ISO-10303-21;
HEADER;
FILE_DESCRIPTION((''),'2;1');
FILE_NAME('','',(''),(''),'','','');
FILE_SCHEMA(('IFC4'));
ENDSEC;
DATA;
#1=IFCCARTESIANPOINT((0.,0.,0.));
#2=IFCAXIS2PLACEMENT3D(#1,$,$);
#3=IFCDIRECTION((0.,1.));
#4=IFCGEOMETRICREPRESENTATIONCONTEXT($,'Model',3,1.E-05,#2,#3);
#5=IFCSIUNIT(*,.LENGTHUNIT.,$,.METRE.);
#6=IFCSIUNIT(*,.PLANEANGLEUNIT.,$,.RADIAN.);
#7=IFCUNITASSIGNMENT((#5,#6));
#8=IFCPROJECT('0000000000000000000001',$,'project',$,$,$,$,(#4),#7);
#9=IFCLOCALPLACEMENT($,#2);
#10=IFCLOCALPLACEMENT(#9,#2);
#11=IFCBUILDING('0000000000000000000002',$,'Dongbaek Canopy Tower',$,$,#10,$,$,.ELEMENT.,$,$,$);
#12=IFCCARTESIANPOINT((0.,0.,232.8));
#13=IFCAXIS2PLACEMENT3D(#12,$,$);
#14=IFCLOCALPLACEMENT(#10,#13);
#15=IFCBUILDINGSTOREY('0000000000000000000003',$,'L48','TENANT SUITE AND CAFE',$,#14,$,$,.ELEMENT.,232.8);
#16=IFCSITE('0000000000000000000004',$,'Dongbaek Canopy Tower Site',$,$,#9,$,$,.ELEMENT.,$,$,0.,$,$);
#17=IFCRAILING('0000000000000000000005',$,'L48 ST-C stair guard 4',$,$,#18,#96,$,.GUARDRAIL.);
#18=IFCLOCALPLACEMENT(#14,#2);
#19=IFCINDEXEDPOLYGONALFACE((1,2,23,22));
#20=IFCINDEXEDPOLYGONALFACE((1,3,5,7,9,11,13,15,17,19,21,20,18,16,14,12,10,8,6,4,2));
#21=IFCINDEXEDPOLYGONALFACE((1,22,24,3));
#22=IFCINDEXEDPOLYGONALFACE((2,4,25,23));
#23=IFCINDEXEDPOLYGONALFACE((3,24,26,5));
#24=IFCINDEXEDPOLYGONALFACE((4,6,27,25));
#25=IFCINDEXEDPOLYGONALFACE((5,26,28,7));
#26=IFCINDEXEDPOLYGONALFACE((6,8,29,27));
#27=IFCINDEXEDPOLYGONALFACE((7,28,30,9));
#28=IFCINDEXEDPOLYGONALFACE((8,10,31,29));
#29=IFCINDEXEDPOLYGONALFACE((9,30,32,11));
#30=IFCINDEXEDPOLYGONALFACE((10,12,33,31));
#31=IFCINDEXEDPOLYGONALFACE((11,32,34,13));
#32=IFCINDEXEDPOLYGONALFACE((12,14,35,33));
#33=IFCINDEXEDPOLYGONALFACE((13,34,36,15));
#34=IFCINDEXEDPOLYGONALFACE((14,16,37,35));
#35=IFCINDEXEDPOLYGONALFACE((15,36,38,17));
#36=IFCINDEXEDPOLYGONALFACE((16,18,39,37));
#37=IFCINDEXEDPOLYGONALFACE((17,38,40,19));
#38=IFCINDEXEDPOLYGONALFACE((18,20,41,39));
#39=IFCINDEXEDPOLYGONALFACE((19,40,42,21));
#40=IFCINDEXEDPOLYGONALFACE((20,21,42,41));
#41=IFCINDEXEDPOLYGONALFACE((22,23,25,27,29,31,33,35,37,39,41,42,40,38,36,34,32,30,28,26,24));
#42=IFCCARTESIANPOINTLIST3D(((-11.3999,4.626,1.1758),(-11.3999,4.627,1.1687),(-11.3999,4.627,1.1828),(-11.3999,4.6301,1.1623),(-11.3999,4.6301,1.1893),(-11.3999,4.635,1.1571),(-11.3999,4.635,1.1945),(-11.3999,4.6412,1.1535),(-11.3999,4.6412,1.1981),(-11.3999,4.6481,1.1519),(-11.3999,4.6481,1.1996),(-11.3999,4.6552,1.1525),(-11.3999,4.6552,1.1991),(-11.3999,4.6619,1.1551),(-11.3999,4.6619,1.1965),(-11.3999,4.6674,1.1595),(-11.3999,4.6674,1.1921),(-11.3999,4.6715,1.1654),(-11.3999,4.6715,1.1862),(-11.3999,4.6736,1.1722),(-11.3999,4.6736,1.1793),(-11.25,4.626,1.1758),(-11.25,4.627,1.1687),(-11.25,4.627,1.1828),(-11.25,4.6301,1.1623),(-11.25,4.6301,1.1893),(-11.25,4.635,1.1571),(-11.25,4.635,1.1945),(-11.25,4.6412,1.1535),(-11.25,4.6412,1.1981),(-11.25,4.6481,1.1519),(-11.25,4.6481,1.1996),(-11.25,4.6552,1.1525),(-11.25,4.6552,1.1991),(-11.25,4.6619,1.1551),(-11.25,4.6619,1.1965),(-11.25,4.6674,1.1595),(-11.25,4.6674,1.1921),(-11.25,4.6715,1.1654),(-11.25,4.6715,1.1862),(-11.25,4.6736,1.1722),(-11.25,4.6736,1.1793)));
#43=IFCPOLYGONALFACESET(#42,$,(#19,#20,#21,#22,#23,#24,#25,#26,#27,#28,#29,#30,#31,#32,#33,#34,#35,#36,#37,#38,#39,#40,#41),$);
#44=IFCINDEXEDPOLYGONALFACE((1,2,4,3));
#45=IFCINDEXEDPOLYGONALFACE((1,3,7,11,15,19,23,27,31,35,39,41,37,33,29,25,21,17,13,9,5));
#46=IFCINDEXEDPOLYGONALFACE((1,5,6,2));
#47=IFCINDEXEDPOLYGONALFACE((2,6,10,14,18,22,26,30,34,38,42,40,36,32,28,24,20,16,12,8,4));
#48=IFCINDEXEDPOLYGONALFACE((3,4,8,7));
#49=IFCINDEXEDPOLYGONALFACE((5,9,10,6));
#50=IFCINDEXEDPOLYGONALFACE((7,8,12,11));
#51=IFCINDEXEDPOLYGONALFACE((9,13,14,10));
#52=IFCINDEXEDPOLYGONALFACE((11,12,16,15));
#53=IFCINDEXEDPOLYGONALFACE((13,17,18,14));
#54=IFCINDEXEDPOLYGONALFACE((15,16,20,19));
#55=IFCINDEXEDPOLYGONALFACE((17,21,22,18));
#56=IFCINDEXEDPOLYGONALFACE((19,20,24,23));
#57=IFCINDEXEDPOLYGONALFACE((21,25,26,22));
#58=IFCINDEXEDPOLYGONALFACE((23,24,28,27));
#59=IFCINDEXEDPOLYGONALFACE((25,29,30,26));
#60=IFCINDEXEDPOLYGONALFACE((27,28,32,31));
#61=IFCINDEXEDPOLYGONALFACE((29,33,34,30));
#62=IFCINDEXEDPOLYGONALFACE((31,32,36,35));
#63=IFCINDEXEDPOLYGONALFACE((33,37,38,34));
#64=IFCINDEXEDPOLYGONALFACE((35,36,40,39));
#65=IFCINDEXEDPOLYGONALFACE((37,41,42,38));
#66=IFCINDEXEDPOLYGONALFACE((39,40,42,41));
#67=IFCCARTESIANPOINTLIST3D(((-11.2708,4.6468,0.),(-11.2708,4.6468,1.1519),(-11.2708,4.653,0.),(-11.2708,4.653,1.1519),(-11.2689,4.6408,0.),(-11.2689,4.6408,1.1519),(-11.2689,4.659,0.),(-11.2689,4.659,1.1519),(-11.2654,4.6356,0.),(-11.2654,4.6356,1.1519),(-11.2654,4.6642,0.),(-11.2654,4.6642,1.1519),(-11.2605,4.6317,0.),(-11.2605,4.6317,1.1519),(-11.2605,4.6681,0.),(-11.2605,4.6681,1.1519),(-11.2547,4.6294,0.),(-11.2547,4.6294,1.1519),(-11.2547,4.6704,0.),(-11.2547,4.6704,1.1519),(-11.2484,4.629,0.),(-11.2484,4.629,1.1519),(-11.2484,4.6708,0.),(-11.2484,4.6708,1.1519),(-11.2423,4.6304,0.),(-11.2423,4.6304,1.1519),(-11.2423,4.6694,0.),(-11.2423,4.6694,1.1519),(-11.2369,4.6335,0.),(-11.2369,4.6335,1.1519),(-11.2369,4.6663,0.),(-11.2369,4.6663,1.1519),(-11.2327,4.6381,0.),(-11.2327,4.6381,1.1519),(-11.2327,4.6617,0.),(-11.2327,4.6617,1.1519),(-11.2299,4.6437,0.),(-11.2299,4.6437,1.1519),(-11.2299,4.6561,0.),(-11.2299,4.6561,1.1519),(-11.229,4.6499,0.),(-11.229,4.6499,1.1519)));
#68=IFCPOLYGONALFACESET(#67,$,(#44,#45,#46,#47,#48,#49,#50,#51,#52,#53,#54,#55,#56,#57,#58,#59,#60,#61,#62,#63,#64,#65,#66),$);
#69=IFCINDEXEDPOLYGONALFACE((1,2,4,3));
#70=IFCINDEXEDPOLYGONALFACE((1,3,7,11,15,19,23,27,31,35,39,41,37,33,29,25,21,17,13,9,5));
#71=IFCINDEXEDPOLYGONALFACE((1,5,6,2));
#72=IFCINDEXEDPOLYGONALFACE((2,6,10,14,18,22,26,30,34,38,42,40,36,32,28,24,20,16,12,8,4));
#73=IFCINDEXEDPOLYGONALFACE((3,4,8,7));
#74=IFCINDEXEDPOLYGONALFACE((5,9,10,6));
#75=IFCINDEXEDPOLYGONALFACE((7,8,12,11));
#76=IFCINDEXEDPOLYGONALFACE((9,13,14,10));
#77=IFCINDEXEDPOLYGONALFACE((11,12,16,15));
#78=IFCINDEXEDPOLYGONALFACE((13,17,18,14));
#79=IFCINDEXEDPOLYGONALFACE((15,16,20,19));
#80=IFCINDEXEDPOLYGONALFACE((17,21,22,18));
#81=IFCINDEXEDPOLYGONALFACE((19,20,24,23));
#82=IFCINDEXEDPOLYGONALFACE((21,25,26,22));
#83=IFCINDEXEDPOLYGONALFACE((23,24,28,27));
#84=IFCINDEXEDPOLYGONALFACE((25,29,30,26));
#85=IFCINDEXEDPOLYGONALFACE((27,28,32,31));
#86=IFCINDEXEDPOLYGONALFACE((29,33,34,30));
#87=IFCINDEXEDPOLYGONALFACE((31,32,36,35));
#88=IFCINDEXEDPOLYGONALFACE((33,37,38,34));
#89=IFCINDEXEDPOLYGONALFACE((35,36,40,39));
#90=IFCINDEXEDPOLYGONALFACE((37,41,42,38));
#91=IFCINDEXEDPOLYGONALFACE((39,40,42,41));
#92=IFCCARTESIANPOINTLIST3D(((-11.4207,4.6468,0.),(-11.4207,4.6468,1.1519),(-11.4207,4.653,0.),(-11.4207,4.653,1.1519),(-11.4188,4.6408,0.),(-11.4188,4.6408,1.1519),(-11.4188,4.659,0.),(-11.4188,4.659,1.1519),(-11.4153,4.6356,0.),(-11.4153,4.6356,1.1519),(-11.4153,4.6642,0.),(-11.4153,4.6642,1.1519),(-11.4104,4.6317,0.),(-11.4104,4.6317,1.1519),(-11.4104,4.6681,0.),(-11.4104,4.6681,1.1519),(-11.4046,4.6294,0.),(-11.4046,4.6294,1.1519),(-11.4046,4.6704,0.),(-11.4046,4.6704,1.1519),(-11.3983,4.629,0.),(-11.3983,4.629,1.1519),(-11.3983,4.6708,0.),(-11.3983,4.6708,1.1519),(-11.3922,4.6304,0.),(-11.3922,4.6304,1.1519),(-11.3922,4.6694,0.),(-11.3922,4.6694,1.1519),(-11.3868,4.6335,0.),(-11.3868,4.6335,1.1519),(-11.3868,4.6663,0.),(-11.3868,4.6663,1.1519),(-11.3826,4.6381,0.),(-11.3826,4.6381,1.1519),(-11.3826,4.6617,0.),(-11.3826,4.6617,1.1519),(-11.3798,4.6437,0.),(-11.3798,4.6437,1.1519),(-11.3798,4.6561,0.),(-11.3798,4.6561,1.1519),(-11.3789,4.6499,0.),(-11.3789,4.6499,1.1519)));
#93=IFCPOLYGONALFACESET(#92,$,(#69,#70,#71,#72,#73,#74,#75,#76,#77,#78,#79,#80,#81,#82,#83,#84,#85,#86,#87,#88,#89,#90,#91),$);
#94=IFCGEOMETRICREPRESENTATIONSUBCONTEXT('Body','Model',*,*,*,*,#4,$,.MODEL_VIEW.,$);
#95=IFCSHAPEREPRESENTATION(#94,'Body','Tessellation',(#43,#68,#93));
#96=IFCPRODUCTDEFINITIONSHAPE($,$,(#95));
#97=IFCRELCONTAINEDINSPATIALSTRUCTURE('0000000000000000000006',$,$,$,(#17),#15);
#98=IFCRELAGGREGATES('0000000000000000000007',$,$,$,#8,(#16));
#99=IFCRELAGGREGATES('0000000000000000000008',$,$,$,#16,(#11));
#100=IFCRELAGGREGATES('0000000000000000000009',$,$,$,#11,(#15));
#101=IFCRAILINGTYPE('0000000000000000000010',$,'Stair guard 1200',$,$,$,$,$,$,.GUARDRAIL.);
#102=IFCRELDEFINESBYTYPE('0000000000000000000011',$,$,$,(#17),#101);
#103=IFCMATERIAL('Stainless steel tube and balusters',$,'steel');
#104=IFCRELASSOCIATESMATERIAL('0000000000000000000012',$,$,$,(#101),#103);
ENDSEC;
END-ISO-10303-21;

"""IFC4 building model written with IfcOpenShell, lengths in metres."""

from ifc_helpers import new_model, si_unit, direction, frame, origin, origin_2d, place, context, subcontext, project, spatial, circle, extrude, material, type_object, element, save


model = new_model("IFC4")

# Units and contexts
model_context = context("Model", 3, precision=1e-05, world=origin(), true_north=direction((0.0, 1.0)))
body_context = subcontext(model_context, "Body", "Model", "MODEL_VIEW")
ifc_project = project(units=[si_unit("LENGTHUNIT", "METRE"), si_unit("PLANEANGLEUNIT", "RADIAN")], contexts=[model_context])

# Site, building, storey
site_placement = place(None, origin())
site = spatial("IfcSite", under=ifc_project, at=site_placement, Name="Dongbaek Canopy Tower Site", CompositionType="ELEMENT", RefElevation=0.0)
building_placement = place(site_placement, origin())
building = spatial("IfcBuilding", under=site, at=building_placement, Name="Dongbaek Canopy Tower", CompositionType="ELEMENT")
storey_placement = place(building_placement, frame((0.0, 0.0, 232.8)))
storey = spatial("IfcBuildingStorey", under=building, at=storey_placement, Name="L48", Description="TENANT SUITE AND CAFE", CompositionType="ELEMENT", Elevation=232.8)

# Railing
ifc_material_1 = material(Name="Stainless steel tube and balusters", Category="steel")
railing_type_1 = type_object("IfcRailingType", Name="Stair guard 1200", PredefinedType="GUARDRAIL", material=ifc_material_1)
railing_1_placement = place(storey_placement, frame((-11.25, 4.6499, 0.0)))
element("IfcRailing", 1, at=railing_1_placement, inside=storey, type_object=railing_type_1, Name="L48 ST-C stair guard 4", PredefinedType="GUARDRAIL", context=body_context, shape_type="SweptSolid", body=[
    extrude(circle(Radius=0.0239, at=origin_2d()), frame((0.0, 0.0, 1.1758), z_axis=(-1.0, 0.0, 0.0), x_axis=(0.0, -1.0, 0.0)), (0.0, 0.0, 1.0), 0.1499),
    extrude(circle(Radius=0.021, at=origin_2d()), origin(), (0.0, 0.0, 1.0), 1.1519),
    extrude(circle(Radius=0.021, at=origin_2d()), frame((-0.1499, 0.0, 0.0)), (0.0, 0.0, 1.0), 1.1519),
])

save(model, "model.ifc")
